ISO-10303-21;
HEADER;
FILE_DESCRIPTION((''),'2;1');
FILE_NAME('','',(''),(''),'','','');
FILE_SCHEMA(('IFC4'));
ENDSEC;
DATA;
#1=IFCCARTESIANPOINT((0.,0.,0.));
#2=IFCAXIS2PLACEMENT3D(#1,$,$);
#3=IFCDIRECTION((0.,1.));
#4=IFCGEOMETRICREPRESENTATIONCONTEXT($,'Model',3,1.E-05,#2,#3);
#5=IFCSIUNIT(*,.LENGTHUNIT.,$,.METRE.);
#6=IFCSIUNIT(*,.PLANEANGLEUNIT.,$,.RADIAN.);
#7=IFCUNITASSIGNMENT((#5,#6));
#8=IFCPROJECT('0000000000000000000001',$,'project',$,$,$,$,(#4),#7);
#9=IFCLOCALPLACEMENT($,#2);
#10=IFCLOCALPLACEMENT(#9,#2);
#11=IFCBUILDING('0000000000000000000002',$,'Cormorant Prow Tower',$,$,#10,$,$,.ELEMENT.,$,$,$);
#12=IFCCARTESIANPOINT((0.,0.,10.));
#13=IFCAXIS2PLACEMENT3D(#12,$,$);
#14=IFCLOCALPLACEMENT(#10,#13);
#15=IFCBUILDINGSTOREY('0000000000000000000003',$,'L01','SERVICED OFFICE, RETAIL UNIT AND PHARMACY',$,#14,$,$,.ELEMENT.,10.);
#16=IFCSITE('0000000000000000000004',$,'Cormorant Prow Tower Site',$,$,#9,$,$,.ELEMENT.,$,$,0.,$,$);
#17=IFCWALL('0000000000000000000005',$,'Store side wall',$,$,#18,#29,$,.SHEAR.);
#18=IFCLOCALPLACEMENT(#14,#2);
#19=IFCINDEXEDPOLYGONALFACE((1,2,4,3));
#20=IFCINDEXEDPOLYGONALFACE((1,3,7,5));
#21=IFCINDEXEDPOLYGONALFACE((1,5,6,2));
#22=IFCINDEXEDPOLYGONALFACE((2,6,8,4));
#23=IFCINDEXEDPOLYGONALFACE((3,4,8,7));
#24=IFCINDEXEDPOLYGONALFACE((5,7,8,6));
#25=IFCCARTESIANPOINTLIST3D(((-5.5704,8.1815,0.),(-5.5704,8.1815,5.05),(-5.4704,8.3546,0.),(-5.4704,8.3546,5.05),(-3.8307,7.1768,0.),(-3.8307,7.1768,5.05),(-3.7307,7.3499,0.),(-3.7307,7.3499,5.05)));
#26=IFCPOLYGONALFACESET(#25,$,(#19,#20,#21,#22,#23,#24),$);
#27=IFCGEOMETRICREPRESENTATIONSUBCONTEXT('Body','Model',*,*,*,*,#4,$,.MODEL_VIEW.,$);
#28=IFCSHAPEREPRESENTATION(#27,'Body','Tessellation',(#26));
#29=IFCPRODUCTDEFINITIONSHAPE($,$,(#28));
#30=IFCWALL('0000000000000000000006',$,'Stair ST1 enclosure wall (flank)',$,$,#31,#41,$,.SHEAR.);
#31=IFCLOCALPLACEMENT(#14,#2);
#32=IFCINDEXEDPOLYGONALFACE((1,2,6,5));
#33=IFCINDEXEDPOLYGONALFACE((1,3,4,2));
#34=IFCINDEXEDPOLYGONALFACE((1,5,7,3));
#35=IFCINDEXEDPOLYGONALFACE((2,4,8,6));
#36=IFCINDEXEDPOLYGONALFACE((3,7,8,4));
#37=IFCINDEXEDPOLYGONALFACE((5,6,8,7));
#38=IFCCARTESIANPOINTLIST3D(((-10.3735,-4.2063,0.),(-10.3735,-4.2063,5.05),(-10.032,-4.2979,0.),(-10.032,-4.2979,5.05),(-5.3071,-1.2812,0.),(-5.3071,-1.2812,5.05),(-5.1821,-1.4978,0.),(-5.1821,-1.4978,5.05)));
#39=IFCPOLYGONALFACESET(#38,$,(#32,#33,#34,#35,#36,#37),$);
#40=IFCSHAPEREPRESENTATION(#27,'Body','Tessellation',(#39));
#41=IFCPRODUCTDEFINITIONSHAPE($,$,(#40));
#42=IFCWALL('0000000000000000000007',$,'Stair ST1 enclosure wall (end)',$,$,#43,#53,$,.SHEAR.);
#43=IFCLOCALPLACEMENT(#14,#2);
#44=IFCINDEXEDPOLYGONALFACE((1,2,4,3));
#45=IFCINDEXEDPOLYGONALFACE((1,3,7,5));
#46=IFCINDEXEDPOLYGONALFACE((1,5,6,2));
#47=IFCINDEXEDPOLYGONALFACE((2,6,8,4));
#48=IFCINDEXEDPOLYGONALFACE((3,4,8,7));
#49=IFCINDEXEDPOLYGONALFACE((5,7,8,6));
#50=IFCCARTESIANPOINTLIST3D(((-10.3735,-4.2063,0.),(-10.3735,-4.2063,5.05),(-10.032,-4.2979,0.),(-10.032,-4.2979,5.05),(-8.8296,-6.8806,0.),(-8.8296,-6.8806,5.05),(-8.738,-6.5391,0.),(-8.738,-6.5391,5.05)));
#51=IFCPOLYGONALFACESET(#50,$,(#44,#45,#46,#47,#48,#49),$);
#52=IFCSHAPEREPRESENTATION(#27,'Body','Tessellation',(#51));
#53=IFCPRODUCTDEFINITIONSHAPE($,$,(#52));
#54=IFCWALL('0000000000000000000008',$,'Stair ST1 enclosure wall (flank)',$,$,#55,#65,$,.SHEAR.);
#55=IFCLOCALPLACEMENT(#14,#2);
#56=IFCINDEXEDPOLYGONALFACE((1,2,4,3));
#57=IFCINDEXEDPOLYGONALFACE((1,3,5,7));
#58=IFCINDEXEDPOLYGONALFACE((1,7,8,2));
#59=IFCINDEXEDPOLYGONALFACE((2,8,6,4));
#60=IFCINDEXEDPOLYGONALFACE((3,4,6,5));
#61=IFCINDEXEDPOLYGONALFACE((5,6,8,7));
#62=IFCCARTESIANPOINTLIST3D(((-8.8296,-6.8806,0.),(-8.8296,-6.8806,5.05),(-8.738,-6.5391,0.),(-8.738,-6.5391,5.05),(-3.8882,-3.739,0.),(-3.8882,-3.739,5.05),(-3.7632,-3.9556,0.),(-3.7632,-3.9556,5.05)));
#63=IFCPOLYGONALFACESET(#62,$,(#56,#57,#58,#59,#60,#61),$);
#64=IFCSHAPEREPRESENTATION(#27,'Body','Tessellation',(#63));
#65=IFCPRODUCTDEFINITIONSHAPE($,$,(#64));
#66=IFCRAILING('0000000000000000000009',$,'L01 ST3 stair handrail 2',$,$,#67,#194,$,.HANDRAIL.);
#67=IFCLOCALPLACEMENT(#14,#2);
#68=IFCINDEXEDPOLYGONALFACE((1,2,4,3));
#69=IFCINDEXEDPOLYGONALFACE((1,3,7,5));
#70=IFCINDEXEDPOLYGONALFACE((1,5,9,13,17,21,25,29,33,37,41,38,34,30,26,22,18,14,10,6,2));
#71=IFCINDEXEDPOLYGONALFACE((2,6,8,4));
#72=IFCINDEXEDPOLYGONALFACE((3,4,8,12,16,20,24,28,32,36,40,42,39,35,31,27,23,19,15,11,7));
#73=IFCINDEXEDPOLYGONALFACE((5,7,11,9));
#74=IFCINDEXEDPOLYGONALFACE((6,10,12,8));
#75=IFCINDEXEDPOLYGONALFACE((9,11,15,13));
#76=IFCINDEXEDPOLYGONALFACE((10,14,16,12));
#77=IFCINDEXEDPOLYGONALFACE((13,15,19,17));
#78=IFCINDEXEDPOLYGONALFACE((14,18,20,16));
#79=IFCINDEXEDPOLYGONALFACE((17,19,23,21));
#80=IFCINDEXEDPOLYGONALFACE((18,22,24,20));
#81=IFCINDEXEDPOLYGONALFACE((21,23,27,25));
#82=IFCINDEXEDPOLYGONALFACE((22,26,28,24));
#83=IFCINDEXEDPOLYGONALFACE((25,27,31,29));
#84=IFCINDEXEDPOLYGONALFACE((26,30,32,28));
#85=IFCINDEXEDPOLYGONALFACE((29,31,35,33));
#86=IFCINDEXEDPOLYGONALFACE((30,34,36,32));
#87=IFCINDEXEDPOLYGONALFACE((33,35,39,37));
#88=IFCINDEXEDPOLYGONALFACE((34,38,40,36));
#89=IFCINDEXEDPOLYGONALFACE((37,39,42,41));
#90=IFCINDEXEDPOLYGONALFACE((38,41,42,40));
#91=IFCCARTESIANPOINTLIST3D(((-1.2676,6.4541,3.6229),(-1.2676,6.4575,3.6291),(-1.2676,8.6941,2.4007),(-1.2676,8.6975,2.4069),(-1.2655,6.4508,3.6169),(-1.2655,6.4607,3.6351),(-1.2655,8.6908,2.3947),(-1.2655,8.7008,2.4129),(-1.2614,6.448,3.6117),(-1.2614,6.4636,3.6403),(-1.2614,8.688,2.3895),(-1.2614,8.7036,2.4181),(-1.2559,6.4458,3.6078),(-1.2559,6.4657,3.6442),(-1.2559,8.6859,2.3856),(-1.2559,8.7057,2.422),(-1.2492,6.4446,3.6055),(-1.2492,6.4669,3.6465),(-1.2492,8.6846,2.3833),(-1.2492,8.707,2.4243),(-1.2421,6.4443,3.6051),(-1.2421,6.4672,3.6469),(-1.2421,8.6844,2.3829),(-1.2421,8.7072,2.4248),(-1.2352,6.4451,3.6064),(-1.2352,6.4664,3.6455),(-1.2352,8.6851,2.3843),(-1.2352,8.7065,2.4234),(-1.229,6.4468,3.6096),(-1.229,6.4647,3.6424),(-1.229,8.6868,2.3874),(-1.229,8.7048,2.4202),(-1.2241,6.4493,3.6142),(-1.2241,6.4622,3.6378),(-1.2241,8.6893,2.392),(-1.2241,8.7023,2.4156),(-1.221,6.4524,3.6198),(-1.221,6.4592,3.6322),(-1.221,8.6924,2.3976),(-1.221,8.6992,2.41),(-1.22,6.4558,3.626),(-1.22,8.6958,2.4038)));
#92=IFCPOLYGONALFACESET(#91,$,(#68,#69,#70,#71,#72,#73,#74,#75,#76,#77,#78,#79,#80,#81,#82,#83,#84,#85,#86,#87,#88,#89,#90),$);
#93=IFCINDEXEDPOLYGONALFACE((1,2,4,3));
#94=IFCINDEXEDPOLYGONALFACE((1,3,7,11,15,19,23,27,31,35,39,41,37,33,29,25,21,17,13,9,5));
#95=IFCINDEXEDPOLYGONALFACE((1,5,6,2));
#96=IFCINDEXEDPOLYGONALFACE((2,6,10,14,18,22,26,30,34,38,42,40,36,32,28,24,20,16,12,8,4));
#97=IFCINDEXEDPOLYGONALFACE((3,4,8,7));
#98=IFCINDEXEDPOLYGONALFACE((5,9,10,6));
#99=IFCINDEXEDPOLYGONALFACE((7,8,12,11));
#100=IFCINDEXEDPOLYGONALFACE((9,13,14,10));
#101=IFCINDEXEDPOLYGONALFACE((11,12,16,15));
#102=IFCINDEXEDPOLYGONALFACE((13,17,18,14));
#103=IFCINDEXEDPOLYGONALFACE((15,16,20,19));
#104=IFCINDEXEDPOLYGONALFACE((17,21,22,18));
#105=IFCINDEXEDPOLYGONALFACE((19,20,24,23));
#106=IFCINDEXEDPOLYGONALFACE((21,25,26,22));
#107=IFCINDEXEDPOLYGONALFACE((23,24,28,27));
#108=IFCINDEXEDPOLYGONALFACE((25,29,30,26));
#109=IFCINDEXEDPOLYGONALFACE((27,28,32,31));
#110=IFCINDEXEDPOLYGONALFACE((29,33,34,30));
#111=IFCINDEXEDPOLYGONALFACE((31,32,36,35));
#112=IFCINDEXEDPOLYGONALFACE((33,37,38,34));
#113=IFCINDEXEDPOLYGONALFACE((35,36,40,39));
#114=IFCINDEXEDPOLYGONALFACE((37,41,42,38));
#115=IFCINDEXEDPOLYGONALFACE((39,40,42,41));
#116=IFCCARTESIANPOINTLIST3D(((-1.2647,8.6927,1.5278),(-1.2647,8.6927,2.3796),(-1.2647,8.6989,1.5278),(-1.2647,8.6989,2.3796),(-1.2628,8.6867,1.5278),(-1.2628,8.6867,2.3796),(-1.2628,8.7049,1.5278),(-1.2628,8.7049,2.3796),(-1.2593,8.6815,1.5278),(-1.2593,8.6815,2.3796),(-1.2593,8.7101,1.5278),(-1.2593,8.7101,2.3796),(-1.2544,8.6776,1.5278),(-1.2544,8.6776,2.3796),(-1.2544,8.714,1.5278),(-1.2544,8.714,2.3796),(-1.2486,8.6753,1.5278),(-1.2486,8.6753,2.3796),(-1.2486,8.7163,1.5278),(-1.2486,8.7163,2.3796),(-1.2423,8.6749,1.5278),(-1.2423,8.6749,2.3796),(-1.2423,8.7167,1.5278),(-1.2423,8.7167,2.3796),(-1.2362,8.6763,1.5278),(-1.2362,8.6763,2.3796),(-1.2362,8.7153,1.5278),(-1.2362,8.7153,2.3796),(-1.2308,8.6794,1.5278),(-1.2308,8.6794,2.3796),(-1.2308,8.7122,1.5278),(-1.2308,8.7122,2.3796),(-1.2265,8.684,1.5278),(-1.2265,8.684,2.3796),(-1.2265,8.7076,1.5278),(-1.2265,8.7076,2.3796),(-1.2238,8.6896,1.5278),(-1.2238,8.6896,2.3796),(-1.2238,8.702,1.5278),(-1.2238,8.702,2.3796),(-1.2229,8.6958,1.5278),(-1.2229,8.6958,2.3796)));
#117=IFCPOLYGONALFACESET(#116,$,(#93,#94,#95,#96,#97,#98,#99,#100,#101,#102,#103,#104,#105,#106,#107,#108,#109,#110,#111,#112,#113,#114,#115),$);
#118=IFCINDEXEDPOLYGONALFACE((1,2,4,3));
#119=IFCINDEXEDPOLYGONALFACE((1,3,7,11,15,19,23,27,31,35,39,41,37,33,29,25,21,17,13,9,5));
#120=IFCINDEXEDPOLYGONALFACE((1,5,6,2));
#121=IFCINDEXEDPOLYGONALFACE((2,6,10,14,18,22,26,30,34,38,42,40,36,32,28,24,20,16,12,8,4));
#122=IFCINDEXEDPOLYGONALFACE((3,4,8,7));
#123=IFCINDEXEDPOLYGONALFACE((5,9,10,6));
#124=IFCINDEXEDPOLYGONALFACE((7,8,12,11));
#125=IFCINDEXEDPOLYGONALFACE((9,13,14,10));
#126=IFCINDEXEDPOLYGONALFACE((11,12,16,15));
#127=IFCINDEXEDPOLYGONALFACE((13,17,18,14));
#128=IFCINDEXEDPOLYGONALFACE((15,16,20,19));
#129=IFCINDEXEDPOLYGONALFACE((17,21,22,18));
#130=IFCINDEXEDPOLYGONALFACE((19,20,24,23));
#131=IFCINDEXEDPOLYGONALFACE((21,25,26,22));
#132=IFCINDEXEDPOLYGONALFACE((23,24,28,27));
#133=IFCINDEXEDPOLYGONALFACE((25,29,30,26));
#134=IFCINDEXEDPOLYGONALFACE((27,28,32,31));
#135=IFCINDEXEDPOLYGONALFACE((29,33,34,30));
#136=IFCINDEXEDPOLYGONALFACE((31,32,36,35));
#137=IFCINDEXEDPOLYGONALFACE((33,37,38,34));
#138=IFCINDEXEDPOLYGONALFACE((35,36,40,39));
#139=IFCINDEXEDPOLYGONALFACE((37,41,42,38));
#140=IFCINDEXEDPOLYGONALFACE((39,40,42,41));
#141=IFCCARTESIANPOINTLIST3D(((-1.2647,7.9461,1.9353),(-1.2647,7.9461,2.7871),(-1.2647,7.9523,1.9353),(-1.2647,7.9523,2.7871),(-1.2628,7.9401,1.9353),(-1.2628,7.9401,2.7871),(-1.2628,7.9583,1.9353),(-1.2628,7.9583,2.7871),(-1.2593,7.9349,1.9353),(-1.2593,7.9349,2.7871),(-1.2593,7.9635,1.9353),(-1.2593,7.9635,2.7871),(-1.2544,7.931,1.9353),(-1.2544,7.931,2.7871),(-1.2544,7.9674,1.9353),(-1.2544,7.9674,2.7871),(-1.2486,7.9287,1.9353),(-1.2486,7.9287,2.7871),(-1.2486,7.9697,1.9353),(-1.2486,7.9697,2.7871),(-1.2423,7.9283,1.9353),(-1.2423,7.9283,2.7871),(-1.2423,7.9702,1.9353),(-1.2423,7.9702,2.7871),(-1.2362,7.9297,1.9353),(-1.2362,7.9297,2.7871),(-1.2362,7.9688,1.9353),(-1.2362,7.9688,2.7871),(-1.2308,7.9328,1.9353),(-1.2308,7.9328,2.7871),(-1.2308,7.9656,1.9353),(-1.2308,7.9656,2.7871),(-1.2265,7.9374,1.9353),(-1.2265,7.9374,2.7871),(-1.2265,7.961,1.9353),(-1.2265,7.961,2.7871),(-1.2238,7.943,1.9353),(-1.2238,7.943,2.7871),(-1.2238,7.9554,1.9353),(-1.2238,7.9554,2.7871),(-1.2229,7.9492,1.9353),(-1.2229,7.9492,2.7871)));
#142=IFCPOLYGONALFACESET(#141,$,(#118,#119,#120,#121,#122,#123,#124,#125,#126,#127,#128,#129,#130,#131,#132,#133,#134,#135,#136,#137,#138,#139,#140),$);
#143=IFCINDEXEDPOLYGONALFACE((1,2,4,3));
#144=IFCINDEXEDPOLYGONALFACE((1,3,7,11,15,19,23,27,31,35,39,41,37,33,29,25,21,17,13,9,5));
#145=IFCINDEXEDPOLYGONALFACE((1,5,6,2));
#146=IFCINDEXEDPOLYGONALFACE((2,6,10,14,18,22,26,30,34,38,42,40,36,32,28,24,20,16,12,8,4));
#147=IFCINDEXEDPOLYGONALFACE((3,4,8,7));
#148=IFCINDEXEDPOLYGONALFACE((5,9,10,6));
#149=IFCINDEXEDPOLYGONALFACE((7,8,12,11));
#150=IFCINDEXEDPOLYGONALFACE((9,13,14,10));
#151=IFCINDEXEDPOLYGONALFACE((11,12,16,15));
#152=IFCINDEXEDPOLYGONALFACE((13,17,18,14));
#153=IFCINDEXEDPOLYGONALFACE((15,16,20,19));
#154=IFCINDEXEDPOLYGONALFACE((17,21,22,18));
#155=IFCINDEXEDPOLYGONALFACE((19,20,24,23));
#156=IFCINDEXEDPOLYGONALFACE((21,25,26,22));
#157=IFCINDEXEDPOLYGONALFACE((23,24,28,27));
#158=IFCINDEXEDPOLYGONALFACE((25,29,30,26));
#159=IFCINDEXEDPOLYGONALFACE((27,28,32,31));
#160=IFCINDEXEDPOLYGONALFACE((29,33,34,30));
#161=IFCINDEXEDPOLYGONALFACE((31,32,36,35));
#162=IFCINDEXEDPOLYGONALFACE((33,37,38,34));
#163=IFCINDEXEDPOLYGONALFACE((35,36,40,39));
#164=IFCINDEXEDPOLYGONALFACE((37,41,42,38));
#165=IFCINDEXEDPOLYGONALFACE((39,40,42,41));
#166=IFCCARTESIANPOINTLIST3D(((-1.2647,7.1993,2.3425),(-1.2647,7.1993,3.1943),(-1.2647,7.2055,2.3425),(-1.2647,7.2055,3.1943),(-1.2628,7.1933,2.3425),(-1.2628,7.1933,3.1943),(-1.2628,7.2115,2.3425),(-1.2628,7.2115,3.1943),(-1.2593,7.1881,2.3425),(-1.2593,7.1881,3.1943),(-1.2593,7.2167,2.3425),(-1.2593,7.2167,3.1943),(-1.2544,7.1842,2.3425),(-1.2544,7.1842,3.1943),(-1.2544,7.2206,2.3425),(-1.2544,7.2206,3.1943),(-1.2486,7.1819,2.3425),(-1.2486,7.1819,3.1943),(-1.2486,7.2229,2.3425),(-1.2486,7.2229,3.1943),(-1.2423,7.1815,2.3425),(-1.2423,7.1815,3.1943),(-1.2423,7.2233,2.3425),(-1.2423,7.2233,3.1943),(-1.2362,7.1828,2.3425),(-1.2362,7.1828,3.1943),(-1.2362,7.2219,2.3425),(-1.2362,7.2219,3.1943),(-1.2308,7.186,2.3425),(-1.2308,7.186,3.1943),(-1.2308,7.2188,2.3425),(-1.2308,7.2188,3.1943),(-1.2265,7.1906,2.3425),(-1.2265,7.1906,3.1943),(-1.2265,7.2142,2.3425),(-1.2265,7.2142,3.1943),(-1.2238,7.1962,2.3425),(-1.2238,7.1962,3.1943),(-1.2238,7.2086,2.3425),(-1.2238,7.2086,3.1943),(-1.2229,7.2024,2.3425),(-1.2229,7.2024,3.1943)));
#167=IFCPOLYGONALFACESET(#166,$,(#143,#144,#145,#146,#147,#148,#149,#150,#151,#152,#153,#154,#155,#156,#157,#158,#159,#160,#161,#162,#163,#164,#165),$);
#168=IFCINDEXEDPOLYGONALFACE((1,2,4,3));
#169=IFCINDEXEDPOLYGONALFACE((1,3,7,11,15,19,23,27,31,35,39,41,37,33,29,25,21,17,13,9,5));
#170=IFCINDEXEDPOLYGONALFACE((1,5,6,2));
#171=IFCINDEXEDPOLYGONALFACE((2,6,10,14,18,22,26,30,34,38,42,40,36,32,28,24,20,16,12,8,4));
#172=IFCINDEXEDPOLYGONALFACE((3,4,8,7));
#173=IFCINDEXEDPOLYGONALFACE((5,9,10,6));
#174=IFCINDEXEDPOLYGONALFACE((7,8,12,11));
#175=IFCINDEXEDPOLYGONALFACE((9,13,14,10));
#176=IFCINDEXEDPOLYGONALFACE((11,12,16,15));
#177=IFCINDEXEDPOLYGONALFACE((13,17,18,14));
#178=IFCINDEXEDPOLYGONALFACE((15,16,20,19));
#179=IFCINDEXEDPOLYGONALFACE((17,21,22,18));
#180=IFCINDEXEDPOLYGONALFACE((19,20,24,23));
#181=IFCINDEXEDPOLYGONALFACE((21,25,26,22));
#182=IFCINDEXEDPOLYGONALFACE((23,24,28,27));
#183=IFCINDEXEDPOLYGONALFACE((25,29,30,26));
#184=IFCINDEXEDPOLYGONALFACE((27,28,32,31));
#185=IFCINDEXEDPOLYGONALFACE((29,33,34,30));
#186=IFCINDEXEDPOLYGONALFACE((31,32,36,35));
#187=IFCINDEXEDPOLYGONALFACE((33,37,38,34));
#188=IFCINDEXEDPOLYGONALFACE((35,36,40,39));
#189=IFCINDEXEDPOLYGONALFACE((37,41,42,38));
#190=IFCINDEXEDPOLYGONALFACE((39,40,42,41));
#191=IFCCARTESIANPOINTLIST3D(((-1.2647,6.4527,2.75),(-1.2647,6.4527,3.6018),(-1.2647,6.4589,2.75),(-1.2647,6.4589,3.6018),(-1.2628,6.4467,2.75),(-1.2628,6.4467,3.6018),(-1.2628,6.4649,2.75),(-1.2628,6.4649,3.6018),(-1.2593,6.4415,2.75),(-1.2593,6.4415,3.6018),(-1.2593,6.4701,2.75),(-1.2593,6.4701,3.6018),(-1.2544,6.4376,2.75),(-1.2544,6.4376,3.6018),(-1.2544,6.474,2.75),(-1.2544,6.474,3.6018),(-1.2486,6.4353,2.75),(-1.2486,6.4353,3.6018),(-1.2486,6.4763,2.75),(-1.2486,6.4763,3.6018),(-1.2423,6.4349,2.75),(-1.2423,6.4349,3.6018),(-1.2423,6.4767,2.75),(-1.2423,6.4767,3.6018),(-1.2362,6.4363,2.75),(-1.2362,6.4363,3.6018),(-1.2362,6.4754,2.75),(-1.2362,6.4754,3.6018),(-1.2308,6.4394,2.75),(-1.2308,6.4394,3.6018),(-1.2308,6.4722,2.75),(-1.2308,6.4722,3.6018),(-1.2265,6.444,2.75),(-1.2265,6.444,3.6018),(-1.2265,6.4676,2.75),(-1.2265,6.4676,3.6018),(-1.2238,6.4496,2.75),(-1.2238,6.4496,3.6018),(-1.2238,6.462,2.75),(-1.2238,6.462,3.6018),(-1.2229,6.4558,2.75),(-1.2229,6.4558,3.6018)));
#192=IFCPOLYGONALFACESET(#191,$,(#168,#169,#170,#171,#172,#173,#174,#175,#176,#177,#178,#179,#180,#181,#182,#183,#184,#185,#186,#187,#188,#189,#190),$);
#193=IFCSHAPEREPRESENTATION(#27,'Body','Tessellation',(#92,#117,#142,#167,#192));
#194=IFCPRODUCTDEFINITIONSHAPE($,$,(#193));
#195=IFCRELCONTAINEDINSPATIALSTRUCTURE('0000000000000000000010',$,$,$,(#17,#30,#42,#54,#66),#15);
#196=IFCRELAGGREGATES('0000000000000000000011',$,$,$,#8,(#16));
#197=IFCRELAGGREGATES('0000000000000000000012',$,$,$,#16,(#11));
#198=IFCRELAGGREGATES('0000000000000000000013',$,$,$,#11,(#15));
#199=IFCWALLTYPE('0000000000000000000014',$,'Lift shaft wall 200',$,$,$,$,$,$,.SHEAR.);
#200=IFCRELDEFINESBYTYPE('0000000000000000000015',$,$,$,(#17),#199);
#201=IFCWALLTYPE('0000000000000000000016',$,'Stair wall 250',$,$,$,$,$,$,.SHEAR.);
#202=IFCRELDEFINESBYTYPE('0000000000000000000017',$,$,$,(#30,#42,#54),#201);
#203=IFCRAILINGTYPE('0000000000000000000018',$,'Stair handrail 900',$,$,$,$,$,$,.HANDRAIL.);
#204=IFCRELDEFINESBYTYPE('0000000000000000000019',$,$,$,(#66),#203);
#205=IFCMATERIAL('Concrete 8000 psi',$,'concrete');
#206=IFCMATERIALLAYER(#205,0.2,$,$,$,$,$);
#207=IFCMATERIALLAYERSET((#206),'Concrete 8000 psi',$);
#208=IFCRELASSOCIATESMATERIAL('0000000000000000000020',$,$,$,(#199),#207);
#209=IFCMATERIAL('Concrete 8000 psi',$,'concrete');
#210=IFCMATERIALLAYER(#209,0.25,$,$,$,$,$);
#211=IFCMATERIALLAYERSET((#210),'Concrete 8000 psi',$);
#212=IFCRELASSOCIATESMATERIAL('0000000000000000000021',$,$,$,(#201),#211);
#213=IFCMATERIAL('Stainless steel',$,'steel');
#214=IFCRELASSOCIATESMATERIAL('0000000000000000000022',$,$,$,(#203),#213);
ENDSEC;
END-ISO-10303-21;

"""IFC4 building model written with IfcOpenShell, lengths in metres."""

from ifc_helpers import new_model, si_unit, direction, frame, frame_2d, origin, origin_2d, place, context, subcontext, project, spatial, polyline, rectangle, circle, outline, extrude, material, layer, layer_set, type_object, element, save


model = new_model("IFC4")

# Units and contexts
model_context = context("Model", 3, precision=1e-05, world=origin(), true_north=direction((0.0, 1.0)))
body_context = subcontext(model_context, "Body", "Model", "MODEL_VIEW")
ifc_project = project(units=[si_unit("LENGTHUNIT", "METRE"), si_unit("PLANEANGLEUNIT", "RADIAN")], contexts=[model_context])

# Site, building, storey
site_placement = place(None, origin())
site = spatial("IfcSite", under=ifc_project, at=site_placement, Name="Cormorant Prow Tower Site", CompositionType="ELEMENT", RefElevation=0.0)
building_placement = place(site_placement, origin())
building = spatial("IfcBuilding", under=site, at=building_placement, Name="Cormorant Prow Tower", CompositionType="ELEMENT")
storey_placement = place(building_placement, frame((0.0, 0.0, 10.0)))
storey = spatial("IfcBuildingStorey", under=building, at=storey_placement, Name="L01", Description="SERVICED OFFICE, RETAIL UNIT AND PHARMACY", CompositionType="ELEMENT", Elevation=10.0)

# Walls
ifc_material_1 = material(Name="Concrete 8000 psi", Category="concrete")
ifc_layer_1 = layer(ifc_material_1, 0.2)
ifc_layer_set_1 = layer_set([ifc_layer_1], Name="Concrete 8000 psi")
wall_type_1 = type_object("IfcWallType", Name="Lift shaft wall 200", PredefinedType="SHEAR", material=ifc_layer_set_1)
wall_1_placement = place(storey_placement, frame((-3.7808, 7.2634, 0.0), z_axis=(0.0, 0.0, 1.0), x_axis=(-0.865983, 0.500073, 0.0)))
element("IfcWall", 1, at=wall_1_placement, inside=storey, type_object=wall_type_1, Name="Store side wall", PredefinedType="SHEAR", context=body_context, shape_type="SweptSolid", body=[
    extrude(rectangle(XDim=2.009, YDim=0.2, at=frame_2d((1.0044, 0.0))), origin(), (0.0, 0.0, 1.0), 5.05),
])
ifc_material_2 = material(Name="Concrete 8000 psi", Category="concrete")
ifc_layer_2 = layer(ifc_material_2, 0.25)
ifc_layer_set_2 = layer_set([ifc_layer_2], Name="Concrete 8000 psi")
wall_type_2 = type_object("IfcWallType", Name="Stair wall 250", PredefinedType="SHEAR", material=ifc_layer_set_2)
wall_2_placement = place(storey_placement, origin())
element("IfcWall", 2, at=wall_2_placement, inside=storey, type_object=wall_type_2, Name="Stair ST1 enclosure wall (flank)", PredefinedType="SHEAR", context=body_context, shape_type="SweptSolid", body=[
    extrude(outline(polyline([(-5.3071, -1.2812), (-10.3735, -4.2063), (-10.032, -4.2979), (-5.1821, -1.4978), (-5.3071, -1.2812)])), origin(), (0.0, 0.0, 1.0), 5.05),
])
wall_3_placement = place(storey_placement, origin())
element("IfcWall", 3, at=wall_3_placement, inside=storey, type_object=wall_type_2, Name="Stair ST1 enclosure wall (end)", PredefinedType="SHEAR", context=body_context, shape_type="SweptSolid", body=[
    extrude(outline(polyline([(-10.3735, -4.2063), (-8.8296, -6.8806), (-8.738, -6.5391), (-10.032, -4.2979), (-10.3735, -4.2063)])), origin(), (0.0, 0.0, 1.0), 5.05),
])
wall_4_placement = place(storey_placement, origin())
element("IfcWall", 4, at=wall_4_placement, inside=storey, type_object=wall_type_2, Name="Stair ST1 enclosure wall (flank)", PredefinedType="SHEAR", context=body_context, shape_type="SweptSolid", body=[
    extrude(outline(polyline([(-8.738, -6.5391), (-8.8296, -6.8806), (-3.7632, -3.9556), (-3.8882, -3.739), (-8.738, -6.5391)])), origin(), (0.0, 0.0, 1.0), 5.05),
])

# Railing
ifc_material_3 = material(Name="Stainless steel", Category="steel")
railing_type = type_object("IfcRailingType", Name="Stair handrail 900", PredefinedType="HANDRAIL", material=ifc_material_3)
for number, where, name in (
    (5, (-1.2439, 8.6958, 1.5278), "L01 ST3 stair handrail 2"),
):
    element("IfcRailing", number, at=place(storey_placement, frame(where)), inside=storey, type_object=railing_type, Name=name, PredefinedType="HANDRAIL", context=body_context, shape_type="SweptSolid", body=[
        extrude(circle(Radius=0.0239, at=origin_2d()), frame((0.0, 0.0, 0.876), z_axis=(0.0, -0.877837, 0.478959), x_axis=(1.0, 0.0, 0.0)), (0.0, 0.0, 1.0), 2.5518),
        extrude(circle(Radius=0.021, at=origin_2d()), origin(), (0.0, 0.0, 1.0), 0.8518),
        extrude(circle(Radius=0.021, at=origin_2d()), frame((0.0, -0.7466, 0.4075)), (0.0, 0.0, 1.0), 0.8518),
        extrude(circle(Radius=0.021, at=origin_2d()), frame((0.0, -1.4934, 0.8147)), (0.0, 0.0, 1.0), 0.8518),
        extrude(circle(Radius=0.021, at=origin_2d()), frame((0.0, -2.24, 1.2222)), (0.0, 0.0, 1.0), 0.8518),
    ])

save(model, "model.ifc")
